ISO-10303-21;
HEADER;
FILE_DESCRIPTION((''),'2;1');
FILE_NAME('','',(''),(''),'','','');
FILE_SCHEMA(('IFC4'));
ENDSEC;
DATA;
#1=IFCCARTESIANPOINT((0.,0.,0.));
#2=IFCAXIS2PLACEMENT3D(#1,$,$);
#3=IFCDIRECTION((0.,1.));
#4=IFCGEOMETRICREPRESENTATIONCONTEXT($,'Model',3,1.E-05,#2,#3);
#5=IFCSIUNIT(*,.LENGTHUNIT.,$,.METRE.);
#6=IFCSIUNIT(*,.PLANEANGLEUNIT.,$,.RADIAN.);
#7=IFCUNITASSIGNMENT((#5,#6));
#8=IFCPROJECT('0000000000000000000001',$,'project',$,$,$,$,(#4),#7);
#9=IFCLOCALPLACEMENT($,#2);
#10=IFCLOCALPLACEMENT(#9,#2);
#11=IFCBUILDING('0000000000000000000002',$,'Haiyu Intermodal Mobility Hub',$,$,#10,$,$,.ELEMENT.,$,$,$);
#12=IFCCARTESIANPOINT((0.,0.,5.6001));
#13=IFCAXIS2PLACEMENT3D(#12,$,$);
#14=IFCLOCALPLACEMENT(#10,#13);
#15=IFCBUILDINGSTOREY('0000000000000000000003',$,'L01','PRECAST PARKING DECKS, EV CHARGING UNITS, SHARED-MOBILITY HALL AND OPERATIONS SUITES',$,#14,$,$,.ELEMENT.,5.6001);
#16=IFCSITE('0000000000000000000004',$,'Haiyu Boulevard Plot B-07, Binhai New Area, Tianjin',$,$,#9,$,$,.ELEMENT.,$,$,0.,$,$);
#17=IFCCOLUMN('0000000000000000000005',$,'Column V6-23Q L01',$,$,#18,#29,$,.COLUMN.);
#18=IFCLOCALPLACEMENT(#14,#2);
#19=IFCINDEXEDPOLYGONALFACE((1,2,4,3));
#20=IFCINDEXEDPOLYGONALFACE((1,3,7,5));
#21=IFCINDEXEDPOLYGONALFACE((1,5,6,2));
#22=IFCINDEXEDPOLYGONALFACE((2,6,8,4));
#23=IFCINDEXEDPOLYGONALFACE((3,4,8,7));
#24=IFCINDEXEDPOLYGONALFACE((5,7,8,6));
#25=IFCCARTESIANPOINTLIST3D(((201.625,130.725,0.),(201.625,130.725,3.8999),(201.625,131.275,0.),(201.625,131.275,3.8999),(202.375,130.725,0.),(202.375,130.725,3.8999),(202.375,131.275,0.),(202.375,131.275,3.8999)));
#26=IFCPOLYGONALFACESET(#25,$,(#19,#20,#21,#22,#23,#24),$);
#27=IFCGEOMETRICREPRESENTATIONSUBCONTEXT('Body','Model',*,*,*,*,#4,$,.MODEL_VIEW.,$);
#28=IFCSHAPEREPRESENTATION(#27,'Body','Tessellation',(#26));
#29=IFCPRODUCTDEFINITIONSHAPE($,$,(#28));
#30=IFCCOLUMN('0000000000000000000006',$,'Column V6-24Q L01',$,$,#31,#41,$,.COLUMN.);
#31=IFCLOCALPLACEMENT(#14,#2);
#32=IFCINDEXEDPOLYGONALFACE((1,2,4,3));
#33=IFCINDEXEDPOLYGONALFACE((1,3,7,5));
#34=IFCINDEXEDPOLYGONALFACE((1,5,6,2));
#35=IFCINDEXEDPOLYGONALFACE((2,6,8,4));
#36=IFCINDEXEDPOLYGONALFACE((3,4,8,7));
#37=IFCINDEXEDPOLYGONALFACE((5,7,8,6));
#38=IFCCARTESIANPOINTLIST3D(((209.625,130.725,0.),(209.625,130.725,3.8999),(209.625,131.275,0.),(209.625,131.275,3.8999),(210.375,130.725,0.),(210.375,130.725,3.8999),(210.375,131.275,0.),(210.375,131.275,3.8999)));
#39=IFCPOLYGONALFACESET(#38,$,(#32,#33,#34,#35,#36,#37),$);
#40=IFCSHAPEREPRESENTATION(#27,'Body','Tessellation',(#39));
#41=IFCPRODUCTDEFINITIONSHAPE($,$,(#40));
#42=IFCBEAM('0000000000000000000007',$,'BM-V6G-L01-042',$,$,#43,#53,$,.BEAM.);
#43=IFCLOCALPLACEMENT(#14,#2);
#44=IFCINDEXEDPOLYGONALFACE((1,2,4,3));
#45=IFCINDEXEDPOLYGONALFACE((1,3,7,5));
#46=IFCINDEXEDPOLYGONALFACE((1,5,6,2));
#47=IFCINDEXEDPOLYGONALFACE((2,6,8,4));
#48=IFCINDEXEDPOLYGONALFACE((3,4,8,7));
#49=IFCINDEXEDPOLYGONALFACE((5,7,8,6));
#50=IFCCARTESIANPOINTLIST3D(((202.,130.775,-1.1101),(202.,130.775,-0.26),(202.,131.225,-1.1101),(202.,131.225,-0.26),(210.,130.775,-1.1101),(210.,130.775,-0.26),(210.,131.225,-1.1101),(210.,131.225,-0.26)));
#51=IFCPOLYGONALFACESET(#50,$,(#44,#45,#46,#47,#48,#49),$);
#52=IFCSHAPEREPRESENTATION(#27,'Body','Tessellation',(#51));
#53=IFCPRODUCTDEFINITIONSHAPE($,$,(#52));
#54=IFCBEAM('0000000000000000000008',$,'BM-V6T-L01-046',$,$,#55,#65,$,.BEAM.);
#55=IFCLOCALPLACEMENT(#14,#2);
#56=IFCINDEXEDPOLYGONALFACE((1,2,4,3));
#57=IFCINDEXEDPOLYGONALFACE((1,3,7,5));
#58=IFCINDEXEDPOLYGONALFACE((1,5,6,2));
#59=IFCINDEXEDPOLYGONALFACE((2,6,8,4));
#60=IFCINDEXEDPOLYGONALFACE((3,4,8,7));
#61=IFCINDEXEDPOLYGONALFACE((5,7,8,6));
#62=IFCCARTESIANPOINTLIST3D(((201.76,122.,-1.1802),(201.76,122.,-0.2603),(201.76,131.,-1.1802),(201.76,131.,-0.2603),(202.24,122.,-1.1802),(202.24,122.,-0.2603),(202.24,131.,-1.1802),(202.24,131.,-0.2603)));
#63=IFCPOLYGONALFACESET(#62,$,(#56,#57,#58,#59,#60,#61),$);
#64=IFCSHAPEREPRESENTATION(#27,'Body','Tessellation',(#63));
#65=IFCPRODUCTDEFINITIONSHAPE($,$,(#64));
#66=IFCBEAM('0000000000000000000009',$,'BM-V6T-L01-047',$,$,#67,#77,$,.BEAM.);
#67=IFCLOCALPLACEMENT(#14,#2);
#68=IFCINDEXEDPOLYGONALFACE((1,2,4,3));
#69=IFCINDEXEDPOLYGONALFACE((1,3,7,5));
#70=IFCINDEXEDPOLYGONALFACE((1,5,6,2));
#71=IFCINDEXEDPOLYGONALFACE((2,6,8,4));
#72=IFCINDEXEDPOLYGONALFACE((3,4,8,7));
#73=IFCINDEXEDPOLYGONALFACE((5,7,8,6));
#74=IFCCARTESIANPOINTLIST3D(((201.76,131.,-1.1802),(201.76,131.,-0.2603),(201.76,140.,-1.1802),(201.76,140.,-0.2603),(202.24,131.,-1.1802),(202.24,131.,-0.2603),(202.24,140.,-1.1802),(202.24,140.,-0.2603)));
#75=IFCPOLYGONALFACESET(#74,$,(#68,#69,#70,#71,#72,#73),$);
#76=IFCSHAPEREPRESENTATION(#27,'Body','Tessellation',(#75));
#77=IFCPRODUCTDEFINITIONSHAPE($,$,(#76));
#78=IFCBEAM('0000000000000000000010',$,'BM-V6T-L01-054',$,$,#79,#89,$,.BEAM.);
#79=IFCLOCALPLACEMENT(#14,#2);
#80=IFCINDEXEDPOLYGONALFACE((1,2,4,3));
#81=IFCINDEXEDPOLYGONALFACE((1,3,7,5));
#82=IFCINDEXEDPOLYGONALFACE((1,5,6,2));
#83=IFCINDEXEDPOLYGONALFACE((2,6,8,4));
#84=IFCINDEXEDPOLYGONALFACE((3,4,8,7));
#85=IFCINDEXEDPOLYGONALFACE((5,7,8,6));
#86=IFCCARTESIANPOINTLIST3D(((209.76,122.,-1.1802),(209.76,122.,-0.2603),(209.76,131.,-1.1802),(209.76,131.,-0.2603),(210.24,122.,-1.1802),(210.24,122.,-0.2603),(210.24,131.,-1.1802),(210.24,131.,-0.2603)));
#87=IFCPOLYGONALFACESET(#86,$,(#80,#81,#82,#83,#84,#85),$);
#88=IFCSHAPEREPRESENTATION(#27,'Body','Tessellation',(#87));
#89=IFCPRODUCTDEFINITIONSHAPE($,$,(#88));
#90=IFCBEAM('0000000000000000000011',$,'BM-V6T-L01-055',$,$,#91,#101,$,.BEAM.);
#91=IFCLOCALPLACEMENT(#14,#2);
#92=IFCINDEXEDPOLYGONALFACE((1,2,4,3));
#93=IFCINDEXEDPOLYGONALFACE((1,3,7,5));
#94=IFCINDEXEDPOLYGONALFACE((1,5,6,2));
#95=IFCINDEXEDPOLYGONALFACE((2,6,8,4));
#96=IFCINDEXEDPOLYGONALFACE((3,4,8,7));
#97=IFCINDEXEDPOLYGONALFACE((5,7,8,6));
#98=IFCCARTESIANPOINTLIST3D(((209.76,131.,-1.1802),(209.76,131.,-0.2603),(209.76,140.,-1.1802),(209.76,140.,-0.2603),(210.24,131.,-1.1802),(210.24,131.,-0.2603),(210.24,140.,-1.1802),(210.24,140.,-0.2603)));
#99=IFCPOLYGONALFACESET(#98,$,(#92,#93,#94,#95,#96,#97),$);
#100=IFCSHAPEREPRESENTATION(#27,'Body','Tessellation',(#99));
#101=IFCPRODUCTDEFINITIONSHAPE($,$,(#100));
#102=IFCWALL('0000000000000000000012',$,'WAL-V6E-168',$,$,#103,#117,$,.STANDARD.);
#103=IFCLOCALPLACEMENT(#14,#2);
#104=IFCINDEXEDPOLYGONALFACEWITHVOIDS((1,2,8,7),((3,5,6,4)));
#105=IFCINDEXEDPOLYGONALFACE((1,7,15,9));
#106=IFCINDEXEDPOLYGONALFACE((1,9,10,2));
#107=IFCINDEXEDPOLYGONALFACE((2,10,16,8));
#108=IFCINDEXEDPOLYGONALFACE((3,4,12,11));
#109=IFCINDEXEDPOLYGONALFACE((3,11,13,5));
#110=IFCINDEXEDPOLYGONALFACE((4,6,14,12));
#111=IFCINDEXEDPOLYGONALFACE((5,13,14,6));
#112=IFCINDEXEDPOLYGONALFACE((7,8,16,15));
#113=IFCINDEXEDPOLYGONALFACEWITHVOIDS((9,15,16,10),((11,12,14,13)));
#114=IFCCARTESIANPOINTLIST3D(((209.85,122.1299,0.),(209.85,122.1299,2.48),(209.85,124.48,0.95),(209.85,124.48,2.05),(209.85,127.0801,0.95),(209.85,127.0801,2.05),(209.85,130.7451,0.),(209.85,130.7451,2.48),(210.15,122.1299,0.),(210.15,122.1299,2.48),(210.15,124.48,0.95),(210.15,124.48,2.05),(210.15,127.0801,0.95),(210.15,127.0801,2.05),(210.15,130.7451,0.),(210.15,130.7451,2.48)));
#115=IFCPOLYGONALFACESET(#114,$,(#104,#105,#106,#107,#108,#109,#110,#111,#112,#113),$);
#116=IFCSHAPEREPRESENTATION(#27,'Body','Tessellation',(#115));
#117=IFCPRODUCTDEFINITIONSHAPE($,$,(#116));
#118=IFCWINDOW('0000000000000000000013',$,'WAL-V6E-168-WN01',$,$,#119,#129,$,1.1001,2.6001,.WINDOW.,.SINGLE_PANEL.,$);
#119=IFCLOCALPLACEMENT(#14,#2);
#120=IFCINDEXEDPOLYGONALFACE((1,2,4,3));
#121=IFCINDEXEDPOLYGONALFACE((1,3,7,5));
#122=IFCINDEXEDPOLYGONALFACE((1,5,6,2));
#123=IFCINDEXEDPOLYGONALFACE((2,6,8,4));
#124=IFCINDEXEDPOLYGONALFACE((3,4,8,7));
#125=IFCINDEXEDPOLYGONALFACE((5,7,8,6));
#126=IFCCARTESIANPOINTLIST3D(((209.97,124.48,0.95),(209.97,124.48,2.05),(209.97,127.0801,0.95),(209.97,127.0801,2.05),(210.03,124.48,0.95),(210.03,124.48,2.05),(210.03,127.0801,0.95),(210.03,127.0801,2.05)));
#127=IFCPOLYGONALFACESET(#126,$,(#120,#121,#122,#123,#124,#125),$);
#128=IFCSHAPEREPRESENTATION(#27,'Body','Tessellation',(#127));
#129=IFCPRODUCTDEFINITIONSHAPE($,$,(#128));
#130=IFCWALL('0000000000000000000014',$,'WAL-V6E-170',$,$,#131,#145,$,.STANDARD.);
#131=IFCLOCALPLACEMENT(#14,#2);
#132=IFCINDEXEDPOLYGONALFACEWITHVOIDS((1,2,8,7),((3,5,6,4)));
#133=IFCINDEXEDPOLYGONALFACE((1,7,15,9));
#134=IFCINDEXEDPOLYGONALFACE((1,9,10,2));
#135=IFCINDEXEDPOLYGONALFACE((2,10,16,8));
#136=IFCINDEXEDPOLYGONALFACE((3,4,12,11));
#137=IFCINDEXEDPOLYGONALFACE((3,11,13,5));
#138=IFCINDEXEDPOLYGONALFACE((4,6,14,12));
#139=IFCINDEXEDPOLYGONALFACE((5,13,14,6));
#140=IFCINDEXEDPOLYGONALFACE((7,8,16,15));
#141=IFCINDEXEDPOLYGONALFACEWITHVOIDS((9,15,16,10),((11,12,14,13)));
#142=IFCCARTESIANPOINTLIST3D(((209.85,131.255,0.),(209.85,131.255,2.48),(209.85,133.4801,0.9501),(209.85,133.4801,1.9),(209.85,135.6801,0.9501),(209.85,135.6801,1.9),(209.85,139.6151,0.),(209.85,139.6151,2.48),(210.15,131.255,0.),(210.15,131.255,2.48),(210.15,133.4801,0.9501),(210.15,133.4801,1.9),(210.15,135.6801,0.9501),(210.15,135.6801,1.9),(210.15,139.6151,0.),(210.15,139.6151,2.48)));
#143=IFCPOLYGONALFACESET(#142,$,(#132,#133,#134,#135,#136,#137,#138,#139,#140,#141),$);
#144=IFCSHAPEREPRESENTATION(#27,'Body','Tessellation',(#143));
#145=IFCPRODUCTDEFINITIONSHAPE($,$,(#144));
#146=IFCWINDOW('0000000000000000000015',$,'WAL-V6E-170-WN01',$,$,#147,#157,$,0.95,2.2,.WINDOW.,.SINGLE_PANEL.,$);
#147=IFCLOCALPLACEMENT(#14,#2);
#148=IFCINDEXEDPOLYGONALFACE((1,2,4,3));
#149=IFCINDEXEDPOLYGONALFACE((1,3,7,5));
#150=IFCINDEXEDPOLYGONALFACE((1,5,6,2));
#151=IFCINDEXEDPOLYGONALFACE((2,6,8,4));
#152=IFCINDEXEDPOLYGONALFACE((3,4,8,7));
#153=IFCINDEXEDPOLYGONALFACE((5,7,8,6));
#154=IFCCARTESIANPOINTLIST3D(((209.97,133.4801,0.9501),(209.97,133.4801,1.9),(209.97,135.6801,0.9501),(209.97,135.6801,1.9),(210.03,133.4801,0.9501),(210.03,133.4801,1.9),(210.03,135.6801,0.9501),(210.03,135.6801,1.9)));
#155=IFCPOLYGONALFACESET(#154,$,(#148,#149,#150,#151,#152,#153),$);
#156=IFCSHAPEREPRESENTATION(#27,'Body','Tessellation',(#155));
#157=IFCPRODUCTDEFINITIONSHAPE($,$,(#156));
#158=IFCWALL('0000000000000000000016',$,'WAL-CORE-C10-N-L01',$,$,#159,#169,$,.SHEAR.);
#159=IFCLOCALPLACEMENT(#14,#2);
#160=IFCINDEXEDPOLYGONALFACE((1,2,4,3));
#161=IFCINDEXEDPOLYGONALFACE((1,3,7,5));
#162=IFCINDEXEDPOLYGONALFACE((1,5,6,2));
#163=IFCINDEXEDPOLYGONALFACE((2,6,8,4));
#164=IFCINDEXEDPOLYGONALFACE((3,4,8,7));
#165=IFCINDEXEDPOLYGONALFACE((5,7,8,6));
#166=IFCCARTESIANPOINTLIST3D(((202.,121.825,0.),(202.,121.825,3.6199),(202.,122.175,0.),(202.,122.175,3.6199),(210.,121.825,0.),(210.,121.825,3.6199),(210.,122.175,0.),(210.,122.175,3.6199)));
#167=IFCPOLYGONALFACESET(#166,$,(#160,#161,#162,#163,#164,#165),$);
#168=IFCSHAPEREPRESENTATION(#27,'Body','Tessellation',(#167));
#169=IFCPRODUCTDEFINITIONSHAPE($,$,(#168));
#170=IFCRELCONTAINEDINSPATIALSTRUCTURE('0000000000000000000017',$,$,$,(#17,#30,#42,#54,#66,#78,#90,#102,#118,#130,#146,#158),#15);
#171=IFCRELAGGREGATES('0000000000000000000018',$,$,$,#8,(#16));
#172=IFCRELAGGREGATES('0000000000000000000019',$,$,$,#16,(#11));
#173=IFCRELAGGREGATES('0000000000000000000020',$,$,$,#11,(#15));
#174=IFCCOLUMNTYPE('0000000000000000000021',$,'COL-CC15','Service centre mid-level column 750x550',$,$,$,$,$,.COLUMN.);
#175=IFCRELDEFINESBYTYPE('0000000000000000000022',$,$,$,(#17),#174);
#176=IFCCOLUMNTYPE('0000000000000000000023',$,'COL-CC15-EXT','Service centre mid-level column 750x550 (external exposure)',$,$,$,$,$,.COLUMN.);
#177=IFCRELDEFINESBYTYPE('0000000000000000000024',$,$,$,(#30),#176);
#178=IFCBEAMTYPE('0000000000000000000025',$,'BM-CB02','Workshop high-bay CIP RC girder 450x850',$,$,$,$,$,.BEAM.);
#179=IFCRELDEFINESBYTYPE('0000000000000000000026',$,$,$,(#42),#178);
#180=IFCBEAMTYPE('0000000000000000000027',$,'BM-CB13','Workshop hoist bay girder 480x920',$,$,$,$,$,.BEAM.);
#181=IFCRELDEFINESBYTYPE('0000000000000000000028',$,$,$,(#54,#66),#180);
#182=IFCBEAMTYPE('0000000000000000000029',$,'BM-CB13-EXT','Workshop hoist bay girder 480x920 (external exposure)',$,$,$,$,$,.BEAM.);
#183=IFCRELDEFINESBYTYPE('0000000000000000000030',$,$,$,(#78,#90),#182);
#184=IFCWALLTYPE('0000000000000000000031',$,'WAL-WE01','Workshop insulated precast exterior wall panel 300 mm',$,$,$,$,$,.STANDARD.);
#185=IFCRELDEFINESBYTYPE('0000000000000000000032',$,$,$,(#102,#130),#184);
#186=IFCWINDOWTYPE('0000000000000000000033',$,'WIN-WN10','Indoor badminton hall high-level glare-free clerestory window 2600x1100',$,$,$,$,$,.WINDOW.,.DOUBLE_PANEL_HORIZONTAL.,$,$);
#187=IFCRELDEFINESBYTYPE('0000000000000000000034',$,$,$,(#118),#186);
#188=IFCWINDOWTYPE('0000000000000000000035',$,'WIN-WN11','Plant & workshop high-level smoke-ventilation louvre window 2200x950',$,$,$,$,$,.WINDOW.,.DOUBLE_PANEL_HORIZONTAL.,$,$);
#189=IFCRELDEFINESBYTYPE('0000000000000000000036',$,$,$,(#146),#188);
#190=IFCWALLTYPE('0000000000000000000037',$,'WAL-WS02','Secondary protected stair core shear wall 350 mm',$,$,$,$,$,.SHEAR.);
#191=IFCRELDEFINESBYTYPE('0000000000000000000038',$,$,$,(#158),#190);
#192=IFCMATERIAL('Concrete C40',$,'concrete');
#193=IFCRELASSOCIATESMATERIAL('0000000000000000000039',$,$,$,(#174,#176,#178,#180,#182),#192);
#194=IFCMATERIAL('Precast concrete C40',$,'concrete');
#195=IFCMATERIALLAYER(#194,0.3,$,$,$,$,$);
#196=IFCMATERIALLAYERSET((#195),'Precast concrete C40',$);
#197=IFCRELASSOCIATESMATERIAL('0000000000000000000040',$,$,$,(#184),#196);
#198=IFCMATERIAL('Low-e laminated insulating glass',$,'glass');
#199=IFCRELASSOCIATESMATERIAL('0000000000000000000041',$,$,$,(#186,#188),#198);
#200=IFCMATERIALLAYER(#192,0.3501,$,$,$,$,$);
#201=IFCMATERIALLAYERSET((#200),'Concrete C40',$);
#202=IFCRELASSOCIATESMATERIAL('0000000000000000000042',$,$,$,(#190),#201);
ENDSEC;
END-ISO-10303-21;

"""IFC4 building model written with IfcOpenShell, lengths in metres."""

from ifc_helpers import new_model, si_unit, direction, frame, frame_2d, origin, origin_2d, place, context, subcontext, project, spatial, rectangle, extrude, material, layer, layer_set, material_profile, profile_set, type_object, element, fill, save


model = new_model("IFC4")

# Units and contexts
model_context = context("Model", 3, precision=1e-05, world=origin(), true_north=direction((0.0, 1.0)))
body_context = subcontext(model_context, "Body", "Model", "MODEL_VIEW")
ifc_project = project(units=[si_unit("LENGTHUNIT", "METRE"), si_unit("PLANEANGLEUNIT", "RADIAN")], contexts=[model_context])

# Site, building, storey
site_placement = place(None, origin())
site = spatial("IfcSite", under=ifc_project, at=site_placement, Name="Haiyu Boulevard Plot B-07, Binhai New Area, Tianjin", CompositionType="ELEMENT", RefElevation=0.0)
building_placement = place(site_placement, origin())
building = spatial("IfcBuilding", under=site, at=building_placement, Name="Haiyu Intermodal Mobility Hub", CompositionType="ELEMENT")
storey_placement = place(building_placement, frame((0.0, 0.0, 5.6001)))
storey = spatial("IfcBuildingStorey", under=building, at=storey_placement, Name="L01", Description="PRECAST PARKING DECKS, EV CHARGING UNITS, SHARED-MOBILITY HALL AND OPERATIONS SUITES", CompositionType="ELEMENT", Elevation=5.6001)

# Columns
ifc_material_1 = material(Name="Concrete C40", Category="concrete")
ifc_material_profile_1 = material_profile(ifc_material_1, rectangle(XDim=0.75, YDim=0.55, at=origin_2d()), Name="C750x550")
ifc_profile_set_1 = profile_set([ifc_material_profile_1], Name="Concrete C40")
column_type_1 = type_object("IfcColumnType", Name="COL-CC15", Description="Service centre mid-level column 750x550", PredefinedType="COLUMN", material=ifc_profile_set_1)
column_1_placement = place(storey_placement, frame((202.0, 131.0, 0.0), z_axis=(0.0, 0.0, 1.0), x_axis=(1.0, 0.0, 0.0)))
element("IfcColumn", 1, at=column_1_placement, inside=storey, type_object=column_type_1, Name="Column V6-23Q L01", PredefinedType="COLUMN", context=body_context, shape_type="SweptSolid", body=[
    extrude(rectangle(XDim=0.75, YDim=0.55, at=origin_2d()), origin(), (0.0, 0.0, 1.0), 3.8999),
])
ifc_material_profile_2 = material_profile(ifc_material_1, rectangle(XDim=0.75, YDim=0.55, at=origin_2d()), Name="C750x550")
ifc_profile_set_2 = profile_set([ifc_material_profile_2], Name="Concrete C40")
column_type_2 = type_object("IfcColumnType", Name="COL-CC15-EXT", Description="Service centre mid-level column 750x550 (external exposure)", PredefinedType="COLUMN", material=ifc_profile_set_2)
column_2_placement = place(storey_placement, frame((210.0, 131.0, 0.0), z_axis=(0.0, 0.0, 1.0), x_axis=(1.0, 0.0, 0.0)))
element("IfcColumn", 2, at=column_2_placement, inside=storey, type_object=column_type_2, Name="Column V6-24Q L01", PredefinedType="COLUMN", context=body_context, shape_type="SweptSolid", body=[
    extrude(rectangle(XDim=0.75, YDim=0.55, at=origin_2d()), origin(), (0.0, 0.0, 1.0), 3.8999),
])

# Beams
ifc_material_profile_3 = material_profile(ifc_material_1, rectangle(XDim=0.45, YDim=0.8501, at=origin_2d()), Name="RCB450x850")
ifc_profile_set_3 = profile_set([ifc_material_profile_3], Name="Concrete C40")
beam_type_1 = type_object("IfcBeamType", Name="BM-CB02", Description="Workshop high-bay CIP RC girder 450x850", PredefinedType="BEAM", material=ifc_profile_set_3)
beam_placement = place(storey_placement, frame((202.0, 131.0, -0.6851), z_axis=(1.0, 0.0, 0.0), x_axis=(0.0, 1.0, 0.0)))
element("IfcBeam", 3, at=beam_placement, inside=storey, type_object=beam_type_1, Name="BM-V6G-L01-042", PredefinedType="BEAM", context=body_context, shape_type="SweptSolid", body=[
    extrude(rectangle(XDim=0.45, YDim=0.8501, at=origin_2d()), origin(), (0.0, 0.0, 1.0), 8.0),
])
ifc_material_profile_4 = material_profile(ifc_material_1, rectangle(XDim=0.48, YDim=0.9199, at=origin_2d()), Name="B480x920")
ifc_profile_set_4 = profile_set([ifc_material_profile_4], Name="Concrete C40")
beam_type_2 = type_object("IfcBeamType", Name="BM-CB13", Description="Workshop hoist bay girder 480x920", PredefinedType="BEAM", material=ifc_profile_set_4)
for number, where, z_axis, x_axis, name in (
    (4, (202.0, 122.0, -0.7202), (0.0, 1.0, 0.0), (-1.0, 0.0, 0.0), "BM-V6T-L01-046"),
    (5, (202.0, 131.0, -0.7202), (0.0, 1.0, 0.0), (-1.0, 0.0, 0.0), "BM-V6T-L01-047"),
):
    element("IfcBeam", number, at=place(storey_placement, frame(where, z_axis=z_axis, x_axis=x_axis)), inside=storey, type_object=beam_type_2, Name=name, PredefinedType="BEAM", context=body_context, shape_type="SweptSolid", body=[
        extrude(rectangle(XDim=0.48, YDim=0.9199, at=origin_2d()), origin(), (0.0, 0.0, 1.0), 9.0),
    ])
ifc_material_profile_5 = material_profile(ifc_material_1, rectangle(XDim=0.48, YDim=0.9199, at=origin_2d()), Name="B480x920")
ifc_profile_set_5 = profile_set([ifc_material_profile_5], Name="Concrete C40")
beam_type_3 = type_object("IfcBeamType", Name="BM-CB13-EXT", Description="Workshop hoist bay girder 480x920 (external exposure)", PredefinedType="BEAM", material=ifc_profile_set_5)
for number, where, z_axis, x_axis, name in (
    (6, (210.0, 122.0, -0.7202), (0.0, 1.0, 0.0), (-1.0, 0.0, 0.0), "BM-V6T-L01-054"),
    (7, (210.0, 131.0, -0.7202), (0.0, 1.0, 0.0), (-1.0, 0.0, 0.0), "BM-V6T-L01-055"),
):
    element("IfcBeam", number, at=place(storey_placement, frame(where, z_axis=z_axis, x_axis=x_axis)), inside=storey, type_object=beam_type_3, Name=name, PredefinedType="BEAM", context=body_context, shape_type="SweptSolid", body=[
        extrude(rectangle(XDim=0.48, YDim=0.9199, at=origin_2d()), origin(), (0.0, 0.0, 1.0), 9.0),
    ])

# Walls, openings, windows
ifc_material_2 = material(Name="Precast concrete C40", Category="concrete")
ifc_layer_1 = layer(ifc_material_2, 0.3)
ifc_layer_set_1 = layer_set([ifc_layer_1], Name="Precast concrete C40")
wall_type_1 = type_object("IfcWallType", Name="WAL-WE01", Description="Workshop insulated precast exterior wall panel 300 mm", PredefinedType="STANDARD", material=ifc_layer_set_1)
wall_1_placement = place(storey_placement, frame((210.0, 122.1299, 0.0), z_axis=(0.0, 0.0, 1.0), x_axis=(0.0, 1.0, 0.0)))
wall_1 = element("IfcWall", 8, at=wall_1_placement, inside=storey, type_object=wall_type_1, Name="WAL-V6E-168", PredefinedType="STANDARD", context=body_context, shape_type="SweptSolid", body=[
    extrude(rectangle(XDim=8.6152, YDim=0.3, at=frame_2d((4.3076, 0.0))), origin(), (0.0, 0.0, 1.0), 2.48),
])
opening_1_placement = place(wall_1_placement, frame((2.3501, 0.0, 0.95)))
opening_1 = element("IfcOpeningElement", 9, at=opening_1_placement, cuts=wall_1, PredefinedType="OPENING", context=body_context, shape_type="SweptSolid", body=[
    extrude(rectangle(XDim=2.6001, YDim=1.1001, at=frame_2d((1.3, 0.55))), frame((0.0, 0.1602, 0.0), z_axis=(0.0, -1.0, 0.0), x_axis=(1.0, 0.0, 0.0)), (0.0, 0.0, 1.0), 0.3201),
])
ifc_material_3 = material(Name="Low-e laminated insulating glass", Category="glass")
window_type_1 = type_object("IfcWindowType", Name="WIN-WN10", Description="Indoor badminton hall high-level glare-free clerestory window 2600x1100", PartitioningType="DOUBLE_PANEL_HORIZONTAL", PredefinedType="WINDOW", material=ifc_material_3)
window_1_placement = place(opening_1_placement, origin())
window_1 = element("IfcWindow", 10, at=window_1_placement, inside=storey, type_object=window_type_1, Name="WAL-V6E-168-WN01", OverallHeight=1.1001, OverallWidth=2.6001, PartitioningType="SINGLE_PANEL", PredefinedType="WINDOW", context=body_context, shape_type="SweptSolid", body=[
    extrude(rectangle(XDim=2.6001, YDim=1.1001, at=frame_2d((1.3, 0.55))), frame((0.0, 0.03, 0.0), z_axis=(0.0, -1.0, 0.0), x_axis=(1.0, 0.0, 0.0)), (0.0, 0.0, 1.0), 0.0601),
])
fill(opening_1, window_1)
wall_2_placement = place(storey_placement, frame((210.0, 131.2549, 0.0), z_axis=(0.0, 0.0, 1.0), x_axis=(0.0, 1.0, 0.0)))
wall_2 = element("IfcWall", 11, at=wall_2_placement, inside=storey, type_object=wall_type_1, Name="WAL-V6E-170", PredefinedType="STANDARD", context=body_context, shape_type="SweptSolid", body=[
    extrude(rectangle(XDim=8.3601, YDim=0.3, at=frame_2d((4.1802, 0.0))), origin(), (0.0, 0.0, 1.0), 2.48),
])
opening_2_placement = place(wall_2_placement, frame((2.2251, 0.0, 0.95)))
opening_2 = element("IfcOpeningElement", 12, at=opening_2_placement, cuts=wall_2, PredefinedType="OPENING", context=body_context, shape_type="SweptSolid", body=[
    extrude(rectangle(XDim=2.2, YDim=0.95, at=frame_2d((1.1001, 0.4751))), frame((0.0, 0.1602, 0.0), z_axis=(0.0, -1.0, 0.0), x_axis=(1.0, 0.0, 0.0)), (0.0, 0.0, 1.0), 0.3201),
])
window_type_2 = type_object("IfcWindowType", Name="WIN-WN11", Description="Plant & workshop high-level smoke-ventilation louvre window 2200x950", PartitioningType="DOUBLE_PANEL_HORIZONTAL", PredefinedType="WINDOW", material=ifc_material_3)
window_2_placement = place(opening_2_placement, origin())
window_2 = element("IfcWindow", 13, at=window_2_placement, inside=storey, type_object=window_type_2, Name="WAL-V6E-170-WN01", OverallHeight=0.95, OverallWidth=2.2, PartitioningType="SINGLE_PANEL", PredefinedType="WINDOW", context=body_context, shape_type="SweptSolid", body=[
    extrude(rectangle(XDim=2.2, YDim=0.95, at=frame_2d((1.1001, 0.4751))), frame((0.0, 0.03, 0.0), z_axis=(0.0, -1.0, 0.0), x_axis=(1.0, 0.0, 0.0)), (0.0, 0.0, 1.0), 0.0601),
])
fill(opening_2, window_2)

# Wall
ifc_layer_2 = layer(ifc_material_1, 0.3501)
ifc_layer_set_2 = layer_set([ifc_layer_2], Name="Concrete C40")
wall_type_2 = type_object("IfcWallType", Name="WAL-WS02", Description="Secondary protected stair core shear wall 350 mm", PredefinedType="SHEAR", material=ifc_layer_set_2)
wall_3_placement = place(storey_placement, frame((210.0, 122.0, 0.0), z_axis=(0.0, 0.0, 1.0), x_axis=(-1.0, 0.0, 0.0)))
element("IfcWall", 14, at=wall_3_placement, inside=storey, type_object=wall_type_2, Name="WAL-CORE-C10-N-L01", PredefinedType="SHEAR", context=body_context, shape_type="SweptSolid", body=[
    extrude(rectangle(XDim=8.0, YDim=0.3501, at=frame_2d((4.0, 0.0))), origin(), (0.0, 0.0, 1.0), 3.6199),
])

save(model, "model.ifc")
